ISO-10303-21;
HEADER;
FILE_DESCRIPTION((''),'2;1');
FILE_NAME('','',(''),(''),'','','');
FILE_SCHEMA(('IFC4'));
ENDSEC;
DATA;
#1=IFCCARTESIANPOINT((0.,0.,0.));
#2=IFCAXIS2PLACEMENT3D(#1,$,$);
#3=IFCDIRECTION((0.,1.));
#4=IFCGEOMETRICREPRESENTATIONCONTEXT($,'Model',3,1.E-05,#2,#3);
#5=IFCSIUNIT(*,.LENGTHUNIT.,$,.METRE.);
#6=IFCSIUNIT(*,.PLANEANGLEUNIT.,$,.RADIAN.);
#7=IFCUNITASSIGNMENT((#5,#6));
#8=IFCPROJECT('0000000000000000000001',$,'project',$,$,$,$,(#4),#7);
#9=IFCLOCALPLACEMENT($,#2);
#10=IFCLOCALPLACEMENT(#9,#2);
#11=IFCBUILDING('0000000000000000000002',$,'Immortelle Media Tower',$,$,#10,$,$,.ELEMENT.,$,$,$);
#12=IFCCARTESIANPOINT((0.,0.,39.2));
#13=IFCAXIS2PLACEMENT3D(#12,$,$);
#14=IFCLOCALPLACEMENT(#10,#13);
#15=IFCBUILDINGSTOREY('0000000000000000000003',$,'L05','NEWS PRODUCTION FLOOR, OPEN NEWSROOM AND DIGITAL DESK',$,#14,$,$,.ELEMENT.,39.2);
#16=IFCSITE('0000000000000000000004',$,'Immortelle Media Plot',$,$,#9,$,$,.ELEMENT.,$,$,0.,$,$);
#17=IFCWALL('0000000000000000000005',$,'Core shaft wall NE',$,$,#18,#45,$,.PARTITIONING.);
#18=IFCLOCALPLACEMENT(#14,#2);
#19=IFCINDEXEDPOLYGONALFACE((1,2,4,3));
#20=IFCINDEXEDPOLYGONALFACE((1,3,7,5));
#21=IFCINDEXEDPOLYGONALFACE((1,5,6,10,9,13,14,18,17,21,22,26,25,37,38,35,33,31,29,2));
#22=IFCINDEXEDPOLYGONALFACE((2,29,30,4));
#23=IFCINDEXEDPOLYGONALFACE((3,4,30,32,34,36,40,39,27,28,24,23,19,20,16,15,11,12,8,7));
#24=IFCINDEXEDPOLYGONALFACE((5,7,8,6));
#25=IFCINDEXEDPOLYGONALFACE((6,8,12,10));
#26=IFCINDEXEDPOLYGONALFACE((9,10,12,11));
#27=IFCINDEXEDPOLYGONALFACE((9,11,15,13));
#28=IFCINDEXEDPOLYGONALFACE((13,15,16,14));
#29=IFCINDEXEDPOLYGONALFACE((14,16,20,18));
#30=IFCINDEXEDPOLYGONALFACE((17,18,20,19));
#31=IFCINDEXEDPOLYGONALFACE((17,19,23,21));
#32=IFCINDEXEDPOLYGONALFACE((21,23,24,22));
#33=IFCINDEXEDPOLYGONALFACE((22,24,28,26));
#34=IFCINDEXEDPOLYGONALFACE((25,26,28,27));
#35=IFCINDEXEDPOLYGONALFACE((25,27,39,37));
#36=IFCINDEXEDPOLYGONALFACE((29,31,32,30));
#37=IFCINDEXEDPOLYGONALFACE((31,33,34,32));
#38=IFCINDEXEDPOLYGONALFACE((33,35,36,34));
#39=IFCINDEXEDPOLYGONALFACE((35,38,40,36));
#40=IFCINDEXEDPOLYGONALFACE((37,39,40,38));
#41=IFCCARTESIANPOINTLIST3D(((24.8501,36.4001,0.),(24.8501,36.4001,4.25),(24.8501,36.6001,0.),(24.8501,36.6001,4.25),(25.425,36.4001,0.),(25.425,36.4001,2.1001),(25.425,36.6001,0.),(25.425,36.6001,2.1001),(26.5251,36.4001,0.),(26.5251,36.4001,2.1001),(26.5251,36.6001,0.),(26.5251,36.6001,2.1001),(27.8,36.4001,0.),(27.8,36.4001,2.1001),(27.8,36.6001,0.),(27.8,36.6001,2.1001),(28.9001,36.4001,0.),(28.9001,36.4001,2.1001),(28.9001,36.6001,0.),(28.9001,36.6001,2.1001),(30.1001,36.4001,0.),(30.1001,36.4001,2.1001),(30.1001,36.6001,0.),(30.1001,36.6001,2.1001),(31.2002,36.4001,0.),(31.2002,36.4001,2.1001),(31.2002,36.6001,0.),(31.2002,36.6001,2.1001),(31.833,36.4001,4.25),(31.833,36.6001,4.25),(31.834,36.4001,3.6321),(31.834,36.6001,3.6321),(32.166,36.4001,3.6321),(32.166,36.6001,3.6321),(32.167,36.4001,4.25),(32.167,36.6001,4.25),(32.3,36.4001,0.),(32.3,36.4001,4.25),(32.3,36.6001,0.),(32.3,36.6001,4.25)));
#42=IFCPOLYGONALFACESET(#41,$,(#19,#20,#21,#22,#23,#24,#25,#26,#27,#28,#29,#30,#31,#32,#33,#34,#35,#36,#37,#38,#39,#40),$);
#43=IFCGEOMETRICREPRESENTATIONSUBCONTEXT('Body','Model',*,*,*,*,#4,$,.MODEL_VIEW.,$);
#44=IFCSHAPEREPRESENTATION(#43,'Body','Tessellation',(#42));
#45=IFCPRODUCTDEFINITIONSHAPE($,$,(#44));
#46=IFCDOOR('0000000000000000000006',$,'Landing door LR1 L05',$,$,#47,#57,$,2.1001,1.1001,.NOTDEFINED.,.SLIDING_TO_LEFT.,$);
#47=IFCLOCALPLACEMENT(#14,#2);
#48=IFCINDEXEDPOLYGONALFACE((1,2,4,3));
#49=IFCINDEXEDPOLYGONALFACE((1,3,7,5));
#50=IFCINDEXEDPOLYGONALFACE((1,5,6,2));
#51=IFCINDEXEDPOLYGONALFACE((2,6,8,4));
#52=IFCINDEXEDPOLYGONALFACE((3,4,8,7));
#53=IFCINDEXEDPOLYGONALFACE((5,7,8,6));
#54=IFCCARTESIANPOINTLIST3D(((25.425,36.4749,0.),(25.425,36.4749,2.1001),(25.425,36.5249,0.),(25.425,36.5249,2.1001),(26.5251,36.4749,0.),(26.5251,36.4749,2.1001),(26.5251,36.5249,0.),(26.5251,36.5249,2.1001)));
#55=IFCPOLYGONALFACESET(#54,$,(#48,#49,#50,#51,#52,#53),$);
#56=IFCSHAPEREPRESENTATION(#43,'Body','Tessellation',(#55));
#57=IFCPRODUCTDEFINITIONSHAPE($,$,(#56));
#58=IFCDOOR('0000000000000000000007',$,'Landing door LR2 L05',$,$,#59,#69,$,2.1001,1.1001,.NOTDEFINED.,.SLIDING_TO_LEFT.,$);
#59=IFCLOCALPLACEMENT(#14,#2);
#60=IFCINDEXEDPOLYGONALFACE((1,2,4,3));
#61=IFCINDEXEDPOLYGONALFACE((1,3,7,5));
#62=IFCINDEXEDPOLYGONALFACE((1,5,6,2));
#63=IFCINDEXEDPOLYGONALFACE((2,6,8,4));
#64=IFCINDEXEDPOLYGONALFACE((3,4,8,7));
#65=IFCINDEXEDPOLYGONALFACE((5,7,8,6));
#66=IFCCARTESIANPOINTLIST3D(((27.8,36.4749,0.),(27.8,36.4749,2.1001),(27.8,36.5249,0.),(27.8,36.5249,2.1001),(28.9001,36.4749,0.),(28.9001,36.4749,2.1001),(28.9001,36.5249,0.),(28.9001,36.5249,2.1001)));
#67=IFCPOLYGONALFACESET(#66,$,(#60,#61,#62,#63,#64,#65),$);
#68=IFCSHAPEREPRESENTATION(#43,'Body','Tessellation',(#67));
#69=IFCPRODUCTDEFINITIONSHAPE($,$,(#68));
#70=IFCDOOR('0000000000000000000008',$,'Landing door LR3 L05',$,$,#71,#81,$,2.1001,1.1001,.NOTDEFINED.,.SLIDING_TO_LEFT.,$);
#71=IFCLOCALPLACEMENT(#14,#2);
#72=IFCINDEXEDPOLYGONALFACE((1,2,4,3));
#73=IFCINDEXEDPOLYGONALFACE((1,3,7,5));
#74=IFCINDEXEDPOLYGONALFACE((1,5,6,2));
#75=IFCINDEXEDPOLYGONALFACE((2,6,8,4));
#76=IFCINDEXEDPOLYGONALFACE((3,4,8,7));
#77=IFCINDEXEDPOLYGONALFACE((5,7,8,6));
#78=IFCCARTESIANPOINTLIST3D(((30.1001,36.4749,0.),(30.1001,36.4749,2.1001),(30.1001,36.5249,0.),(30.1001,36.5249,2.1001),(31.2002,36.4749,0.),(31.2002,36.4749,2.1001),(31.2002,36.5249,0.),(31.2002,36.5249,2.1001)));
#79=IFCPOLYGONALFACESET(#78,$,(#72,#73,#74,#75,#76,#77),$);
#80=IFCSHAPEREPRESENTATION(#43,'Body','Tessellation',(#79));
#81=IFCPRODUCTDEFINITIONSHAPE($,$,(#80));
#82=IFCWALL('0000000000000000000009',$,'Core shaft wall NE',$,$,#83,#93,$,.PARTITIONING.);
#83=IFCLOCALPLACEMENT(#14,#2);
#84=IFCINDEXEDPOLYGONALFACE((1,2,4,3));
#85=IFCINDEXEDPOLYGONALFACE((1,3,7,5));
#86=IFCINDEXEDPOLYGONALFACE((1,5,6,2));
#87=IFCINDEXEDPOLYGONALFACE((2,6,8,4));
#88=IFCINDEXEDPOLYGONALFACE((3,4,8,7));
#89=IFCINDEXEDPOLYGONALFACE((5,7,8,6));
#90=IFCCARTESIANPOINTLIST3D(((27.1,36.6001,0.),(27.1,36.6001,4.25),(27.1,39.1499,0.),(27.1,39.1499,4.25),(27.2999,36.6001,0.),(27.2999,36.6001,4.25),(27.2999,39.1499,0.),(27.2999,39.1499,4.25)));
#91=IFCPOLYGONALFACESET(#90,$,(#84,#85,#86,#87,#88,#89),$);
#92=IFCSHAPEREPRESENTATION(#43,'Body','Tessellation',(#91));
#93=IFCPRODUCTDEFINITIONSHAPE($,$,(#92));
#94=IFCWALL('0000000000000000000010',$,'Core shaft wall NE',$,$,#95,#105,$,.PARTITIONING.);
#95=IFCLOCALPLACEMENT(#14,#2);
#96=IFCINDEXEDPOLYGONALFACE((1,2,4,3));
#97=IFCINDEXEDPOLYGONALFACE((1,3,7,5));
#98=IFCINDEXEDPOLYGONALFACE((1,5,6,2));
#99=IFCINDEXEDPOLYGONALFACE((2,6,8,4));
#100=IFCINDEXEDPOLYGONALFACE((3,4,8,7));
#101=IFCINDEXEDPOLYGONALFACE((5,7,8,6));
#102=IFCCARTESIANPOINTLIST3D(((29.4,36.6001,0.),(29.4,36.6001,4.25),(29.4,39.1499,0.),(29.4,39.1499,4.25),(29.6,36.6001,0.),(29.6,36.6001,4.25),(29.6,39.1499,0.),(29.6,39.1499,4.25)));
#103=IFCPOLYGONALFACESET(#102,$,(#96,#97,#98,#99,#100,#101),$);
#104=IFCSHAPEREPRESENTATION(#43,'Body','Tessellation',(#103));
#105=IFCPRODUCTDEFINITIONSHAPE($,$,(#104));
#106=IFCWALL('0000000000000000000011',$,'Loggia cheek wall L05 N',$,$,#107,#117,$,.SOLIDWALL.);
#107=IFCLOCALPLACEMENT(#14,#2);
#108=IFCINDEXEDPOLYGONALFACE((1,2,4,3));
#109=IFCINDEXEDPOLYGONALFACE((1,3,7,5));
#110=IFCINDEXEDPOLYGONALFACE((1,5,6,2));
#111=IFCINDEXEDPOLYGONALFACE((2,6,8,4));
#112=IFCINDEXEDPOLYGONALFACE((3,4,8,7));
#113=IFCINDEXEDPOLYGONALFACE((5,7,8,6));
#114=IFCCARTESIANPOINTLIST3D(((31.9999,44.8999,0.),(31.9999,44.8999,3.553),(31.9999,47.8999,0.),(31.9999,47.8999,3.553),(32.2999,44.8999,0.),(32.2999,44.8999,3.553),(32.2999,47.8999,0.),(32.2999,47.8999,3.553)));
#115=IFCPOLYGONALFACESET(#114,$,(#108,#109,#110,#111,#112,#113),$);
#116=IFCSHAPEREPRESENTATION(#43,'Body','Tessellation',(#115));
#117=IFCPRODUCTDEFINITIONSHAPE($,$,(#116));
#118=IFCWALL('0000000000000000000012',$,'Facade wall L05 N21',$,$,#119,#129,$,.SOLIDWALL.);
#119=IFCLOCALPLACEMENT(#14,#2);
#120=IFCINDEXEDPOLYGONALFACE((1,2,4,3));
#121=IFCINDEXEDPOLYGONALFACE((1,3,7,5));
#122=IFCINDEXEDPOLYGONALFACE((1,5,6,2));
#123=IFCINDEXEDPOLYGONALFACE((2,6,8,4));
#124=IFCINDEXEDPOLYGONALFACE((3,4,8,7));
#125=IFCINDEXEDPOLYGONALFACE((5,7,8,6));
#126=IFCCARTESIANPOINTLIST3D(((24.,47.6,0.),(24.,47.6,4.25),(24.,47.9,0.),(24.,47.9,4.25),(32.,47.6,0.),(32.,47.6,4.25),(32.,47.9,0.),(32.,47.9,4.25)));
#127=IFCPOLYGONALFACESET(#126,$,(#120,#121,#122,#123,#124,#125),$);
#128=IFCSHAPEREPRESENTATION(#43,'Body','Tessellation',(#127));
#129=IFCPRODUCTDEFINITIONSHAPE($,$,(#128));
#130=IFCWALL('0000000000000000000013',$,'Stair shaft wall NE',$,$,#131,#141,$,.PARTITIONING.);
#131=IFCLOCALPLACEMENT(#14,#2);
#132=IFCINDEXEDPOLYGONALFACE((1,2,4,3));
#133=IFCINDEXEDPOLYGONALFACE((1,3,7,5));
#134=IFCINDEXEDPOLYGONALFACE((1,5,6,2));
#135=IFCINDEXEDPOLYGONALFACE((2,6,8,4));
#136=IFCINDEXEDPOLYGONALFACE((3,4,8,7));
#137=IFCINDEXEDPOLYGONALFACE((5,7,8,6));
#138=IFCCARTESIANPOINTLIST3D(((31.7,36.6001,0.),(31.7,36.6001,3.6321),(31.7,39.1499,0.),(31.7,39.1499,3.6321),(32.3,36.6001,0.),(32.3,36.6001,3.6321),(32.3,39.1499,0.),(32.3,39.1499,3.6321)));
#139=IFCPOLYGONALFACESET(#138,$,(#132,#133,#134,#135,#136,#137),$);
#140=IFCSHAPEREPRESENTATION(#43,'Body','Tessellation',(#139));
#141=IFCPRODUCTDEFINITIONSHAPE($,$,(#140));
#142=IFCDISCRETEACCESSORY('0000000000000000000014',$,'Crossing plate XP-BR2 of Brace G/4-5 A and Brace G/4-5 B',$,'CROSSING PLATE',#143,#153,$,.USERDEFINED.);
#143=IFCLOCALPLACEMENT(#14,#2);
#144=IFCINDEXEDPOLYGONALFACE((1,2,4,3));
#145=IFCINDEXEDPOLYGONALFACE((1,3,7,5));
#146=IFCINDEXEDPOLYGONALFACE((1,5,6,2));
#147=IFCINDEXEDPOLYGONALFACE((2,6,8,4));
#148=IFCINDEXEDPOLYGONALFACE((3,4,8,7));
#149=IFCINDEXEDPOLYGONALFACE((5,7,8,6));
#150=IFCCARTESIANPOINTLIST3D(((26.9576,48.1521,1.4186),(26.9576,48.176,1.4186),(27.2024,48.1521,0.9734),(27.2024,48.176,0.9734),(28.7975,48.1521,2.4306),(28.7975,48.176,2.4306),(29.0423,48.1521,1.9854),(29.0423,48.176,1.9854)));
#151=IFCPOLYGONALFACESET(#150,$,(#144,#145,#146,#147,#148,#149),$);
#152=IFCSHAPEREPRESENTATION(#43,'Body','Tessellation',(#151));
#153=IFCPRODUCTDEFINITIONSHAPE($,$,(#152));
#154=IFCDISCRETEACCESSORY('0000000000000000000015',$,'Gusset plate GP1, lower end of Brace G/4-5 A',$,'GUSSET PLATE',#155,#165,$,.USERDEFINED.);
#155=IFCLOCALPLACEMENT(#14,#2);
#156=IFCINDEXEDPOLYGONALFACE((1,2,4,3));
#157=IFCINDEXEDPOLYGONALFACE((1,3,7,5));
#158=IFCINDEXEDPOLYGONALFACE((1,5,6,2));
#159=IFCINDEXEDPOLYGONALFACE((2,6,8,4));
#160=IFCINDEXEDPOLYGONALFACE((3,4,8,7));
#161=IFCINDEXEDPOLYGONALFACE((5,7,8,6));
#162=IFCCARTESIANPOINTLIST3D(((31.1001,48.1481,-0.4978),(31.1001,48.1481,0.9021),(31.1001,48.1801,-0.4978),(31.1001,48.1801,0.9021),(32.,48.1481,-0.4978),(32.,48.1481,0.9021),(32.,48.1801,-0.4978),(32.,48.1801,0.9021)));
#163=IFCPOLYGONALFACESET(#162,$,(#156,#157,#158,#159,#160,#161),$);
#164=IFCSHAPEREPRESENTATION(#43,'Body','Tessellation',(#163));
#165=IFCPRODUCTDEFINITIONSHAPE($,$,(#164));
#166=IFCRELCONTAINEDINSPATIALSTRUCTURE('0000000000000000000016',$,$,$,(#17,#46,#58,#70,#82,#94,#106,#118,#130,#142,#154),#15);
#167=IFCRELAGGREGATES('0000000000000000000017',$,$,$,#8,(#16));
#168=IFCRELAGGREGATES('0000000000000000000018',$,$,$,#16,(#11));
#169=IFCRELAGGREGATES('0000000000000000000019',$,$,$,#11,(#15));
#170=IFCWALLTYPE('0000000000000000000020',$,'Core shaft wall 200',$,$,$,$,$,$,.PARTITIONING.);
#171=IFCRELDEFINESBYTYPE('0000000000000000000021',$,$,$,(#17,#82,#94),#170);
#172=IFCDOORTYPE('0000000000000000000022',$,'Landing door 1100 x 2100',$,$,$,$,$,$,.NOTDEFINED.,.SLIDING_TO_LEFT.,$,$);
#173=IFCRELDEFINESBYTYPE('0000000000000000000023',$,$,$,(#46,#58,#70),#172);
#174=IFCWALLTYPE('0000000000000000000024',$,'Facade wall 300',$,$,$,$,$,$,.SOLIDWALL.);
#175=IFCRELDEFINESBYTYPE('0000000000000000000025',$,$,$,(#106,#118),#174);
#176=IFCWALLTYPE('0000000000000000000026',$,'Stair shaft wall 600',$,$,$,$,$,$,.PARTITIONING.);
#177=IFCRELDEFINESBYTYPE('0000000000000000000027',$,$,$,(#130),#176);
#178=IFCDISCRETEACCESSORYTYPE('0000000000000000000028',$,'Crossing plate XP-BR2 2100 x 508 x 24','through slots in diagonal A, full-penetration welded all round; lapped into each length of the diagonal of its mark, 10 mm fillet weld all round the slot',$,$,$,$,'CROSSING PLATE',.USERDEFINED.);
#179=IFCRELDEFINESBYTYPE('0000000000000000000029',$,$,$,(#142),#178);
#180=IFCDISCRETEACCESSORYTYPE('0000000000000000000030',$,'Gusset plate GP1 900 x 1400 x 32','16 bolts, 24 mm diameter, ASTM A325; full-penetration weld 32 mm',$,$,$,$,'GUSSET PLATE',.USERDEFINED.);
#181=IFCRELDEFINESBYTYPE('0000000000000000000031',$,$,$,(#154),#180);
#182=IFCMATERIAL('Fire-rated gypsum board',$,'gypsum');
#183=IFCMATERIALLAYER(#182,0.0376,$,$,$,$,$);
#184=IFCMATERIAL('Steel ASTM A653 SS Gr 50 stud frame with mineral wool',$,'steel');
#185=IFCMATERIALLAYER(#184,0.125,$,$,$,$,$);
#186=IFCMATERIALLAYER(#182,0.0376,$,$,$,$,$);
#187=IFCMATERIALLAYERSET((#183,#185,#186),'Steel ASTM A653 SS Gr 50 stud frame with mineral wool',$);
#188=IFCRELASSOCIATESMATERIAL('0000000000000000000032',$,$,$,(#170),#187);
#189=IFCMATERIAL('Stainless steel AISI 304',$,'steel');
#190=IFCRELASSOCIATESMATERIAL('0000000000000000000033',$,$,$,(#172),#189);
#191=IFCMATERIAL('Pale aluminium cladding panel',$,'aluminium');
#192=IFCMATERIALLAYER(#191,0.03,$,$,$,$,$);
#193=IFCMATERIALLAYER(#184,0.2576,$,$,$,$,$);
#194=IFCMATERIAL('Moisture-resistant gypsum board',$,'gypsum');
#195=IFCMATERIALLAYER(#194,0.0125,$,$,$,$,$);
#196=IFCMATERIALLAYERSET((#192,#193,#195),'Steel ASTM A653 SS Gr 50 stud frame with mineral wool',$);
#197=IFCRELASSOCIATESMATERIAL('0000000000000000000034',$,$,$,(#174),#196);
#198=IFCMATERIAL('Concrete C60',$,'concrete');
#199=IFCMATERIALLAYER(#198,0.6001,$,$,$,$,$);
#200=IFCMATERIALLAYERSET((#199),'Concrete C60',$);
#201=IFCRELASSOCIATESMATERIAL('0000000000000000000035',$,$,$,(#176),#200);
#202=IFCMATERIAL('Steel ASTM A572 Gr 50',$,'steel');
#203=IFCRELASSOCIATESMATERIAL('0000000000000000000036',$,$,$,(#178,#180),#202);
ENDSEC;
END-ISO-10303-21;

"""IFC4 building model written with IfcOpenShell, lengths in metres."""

from ifc_helpers import new_model, si_unit, direction, frame, frame_2d, origin, origin_2d, place, context, subcontext, project, spatial, polyline, rectangle, outline, extrude, material, layer, layer_set, material_profile, profile_set, type_object, element, fill, save


model = new_model("IFC4")

# Units and contexts
model_context = context("Model", 3, precision=1e-05, world=origin(), true_north=direction((0.0, 1.0)))
body_context = subcontext(model_context, "Body", "Model", "MODEL_VIEW")
ifc_project = project(units=[si_unit("LENGTHUNIT", "METRE"), si_unit("PLANEANGLEUNIT", "RADIAN")], contexts=[model_context])

# Site, building, storey
site_placement = place(None, origin())
site = spatial("IfcSite", under=ifc_project, at=site_placement, Name="Immortelle Media Plot", CompositionType="ELEMENT", RefElevation=0.0)
building_placement = place(site_placement, origin())
building = spatial("IfcBuilding", under=site, at=building_placement, Name="Immortelle Media Tower", CompositionType="ELEMENT")
storey_placement = place(building_placement, frame((0.0, 0.0, 39.2)))
storey = spatial("IfcBuildingStorey", under=building, at=storey_placement, Name="L05", Description="NEWS PRODUCTION FLOOR, OPEN NEWSROOM AND DIGITAL DESK", CompositionType="ELEMENT", Elevation=39.2)

# Wall, openings, doors
ifc_material_1 = material(Name="Fire-rated gypsum board", Category="gypsum")
ifc_layer_1 = layer(ifc_material_1, 0.0376)
ifc_material_2 = material(Name="Steel ASTM A653 SS Gr 50 stud frame with mineral wool", Category="steel")
ifc_layer_2 = layer(ifc_material_2, 0.125)
ifc_layer_3 = layer(ifc_material_1, 0.0376)
ifc_layer_set_1 = layer_set([ifc_layer_1, ifc_layer_2, ifc_layer_3], Name="Steel ASTM A653 SS Gr 50 stud frame with mineral wool")
wall_type_1 = type_object("IfcWallType", Name="Core shaft wall 200", PredefinedType="PARTITIONING", material=ifc_layer_set_1)
wall_1_placement = place(storey_placement, frame((24.8501, 36.5, 0.0), z_axis=(0.0, 0.0, 1.0), x_axis=(1.0, 0.0, 0.0)))
wall_1 = element("IfcWall", 1, at=wall_1_placement, inside=storey, type_object=wall_type_1, Name="Core shaft wall NE", PredefinedType="PARTITIONING", context=body_context, shape_type="SweptSolid", body=[
    extrude(outline(polyline([(0.0, 0.0), (7.45, 0.0), (7.45, 4.25), (7.3169, 4.25), (7.3159, 3.6321), (6.9839, 3.6321), (6.9829, 4.25), (0.0, 4.25), (0.0, 0.0)])), frame((0.0, 0.1001, 0.0), z_axis=(0.0, -1.0, 0.0), x_axis=(1.0, 0.0, 0.0)), (0.0, 0.0, 1.0), 0.2),
])
opening_1_placement = place(wall_1_placement, frame((0.575, 0.0, 0.0)))
opening_1 = element("IfcOpeningElement", 2, at=opening_1_placement, cuts=wall_1, PredefinedType="OPENING", context=body_context, shape_type="SweptSolid", body=[
    extrude(rectangle(XDim=1.1001, YDim=2.1001, at=frame_2d((0.55, 1.05))), frame((0.0, 0.1099, 0.0), z_axis=(0.0, -1.0, 0.0), x_axis=(1.0, 0.0, 0.0)), (0.0, 0.0, 1.0), 0.22),
])
opening_2_placement = place(wall_1_placement, frame((2.95, 0.0, 0.0)))
opening_2 = element("IfcOpeningElement", 3, at=opening_2_placement, cuts=wall_1, PredefinedType="OPENING", context=body_context, shape_type="SweptSolid", body=[
    extrude(rectangle(XDim=1.1001, YDim=2.1001, at=frame_2d((0.55, 1.05))), frame((0.0, 0.1099, 0.0), z_axis=(0.0, -1.0, 0.0), x_axis=(1.0, 0.0, 0.0)), (0.0, 0.0, 1.0), 0.22),
])
opening_3_placement = place(wall_1_placement, frame((5.25, 0.0, 0.0)))
opening_3 = element("IfcOpeningElement", 4, at=opening_3_placement, cuts=wall_1, PredefinedType="OPENING", context=body_context, shape_type="SweptSolid", body=[
    extrude(rectangle(XDim=1.1001, YDim=2.1001, at=frame_2d((0.55, 1.05))), frame((0.0, 0.1099, 0.0), z_axis=(0.0, -1.0, 0.0), x_axis=(1.0, 0.0, 0.0)), (0.0, 0.0, 1.0), 0.22),
])
ifc_material_3 = material(Name="Stainless steel AISI 304", Category="steel")
door_type = type_object("IfcDoorType", Name="Landing door 1100 x 2100", OperationType="SLIDING_TO_LEFT", PredefinedType="NOTDEFINED", material=ifc_material_3)
door_1_placement = place(opening_1_placement, origin())
door_1 = element("IfcDoor", 5, at=door_1_placement, inside=storey, type_object=door_type, Name="Landing door LR1 L05", OperationType="SLIDING_TO_LEFT", OverallHeight=2.1001, OverallWidth=1.1001, PredefinedType="NOTDEFINED", context=body_context, shape_type="SweptSolid", body=[
    extrude(rectangle(XDim=1.1001, YDim=2.1001, at=frame_2d((0.55, 1.05))), frame((0.0, 0.0249, 0.0), z_axis=(0.0, -1.0, 0.0), x_axis=(1.0, 0.0, 0.0)), (0.0, 0.0, 1.0), 0.05),
])
fill(opening_1, door_1)
door_2_placement = place(opening_2_placement, origin())
door_2 = element("IfcDoor", 6, at=door_2_placement, inside=storey, type_object=door_type, Name="Landing door LR2 L05", OperationType="SLIDING_TO_LEFT", OverallHeight=2.1001, OverallWidth=1.1001, PredefinedType="NOTDEFINED", context=body_context, shape_type="SweptSolid", body=[
    extrude(rectangle(XDim=1.1001, YDim=2.1001, at=frame_2d((0.55, 1.05))), frame((0.0, 0.0249, 0.0), z_axis=(0.0, -1.0, 0.0), x_axis=(1.0, 0.0, 0.0)), (0.0, 0.0, 1.0), 0.05),
])
fill(opening_2, door_2)
door_3_placement = place(opening_3_placement, origin())
door_3 = element("IfcDoor", 7, at=door_3_placement, inside=storey, type_object=door_type, Name="Landing door LR3 L05", OperationType="SLIDING_TO_LEFT", OverallHeight=2.1001, OverallWidth=1.1001, PredefinedType="NOTDEFINED", context=body_context, shape_type="SweptSolid", body=[
    extrude(rectangle(XDim=1.1001, YDim=2.1001, at=frame_2d((0.55, 1.05))), frame((0.0, 0.0249, 0.0), z_axis=(0.0, -1.0, 0.0), x_axis=(1.0, 0.0, 0.0)), (0.0, 0.0, 1.0), 0.05),
])
fill(opening_3, door_3)

# Walls
for number, where, z_axis, x_axis, name in (
    (8, (27.2, 36.6001, 0.0), (0.0, 0.0, 1.0), (0.0, 1.0, 0.0), "Core shaft wall NE"),
    (9, (29.5, 36.6001, 0.0), (0.0, 0.0, 1.0), (0.0, 1.0, 0.0), "Core shaft wall NE"),
):
    element("IfcWall", number, at=place(storey_placement, frame(where, z_axis=z_axis, x_axis=x_axis)), inside=storey, type_object=wall_type_1, Name=name, PredefinedType="PARTITIONING", context=body_context, shape_type="SweptSolid", body=[
        extrude(rectangle(XDim=2.5498, YDim=0.2, at=frame_2d((1.2749, 0.0))), origin(), (0.0, 0.0, 1.0), 4.25),
    ])
ifc_material_4 = material(Name="Pale aluminium cladding panel", Category="aluminium")
ifc_layer_4 = layer(ifc_material_4, 0.03)
ifc_layer_5 = layer(ifc_material_2, 0.2576)
ifc_material_5 = material(Name="Moisture-resistant gypsum board", Category="gypsum")
ifc_layer_6 = layer(ifc_material_5, 0.0125)
ifc_layer_set_2 = layer_set([ifc_layer_4, ifc_layer_5, ifc_layer_6], Name="Steel ASTM A653 SS Gr 50 stud frame with mineral wool")
wall_type_2 = type_object("IfcWallType", Name="Facade wall 300", PredefinedType="SOLIDWALL", material=ifc_layer_set_2)
wall_2_placement = place(storey_placement, frame((32.1499, 47.8999, 0.0), z_axis=(0.0, 0.0, 1.0), x_axis=(0.0, -1.0, 0.0)))
element("IfcWall", 10, at=wall_2_placement, inside=storey, type_object=wall_type_2, Name="Loggia cheek wall L05 N", PredefinedType="SOLIDWALL", context=body_context, shape_type="SweptSolid", body=[
    extrude(rectangle(XDim=3.0, YDim=0.3, at=frame_2d((1.5, 0.0))), origin(), (0.0, 0.0, 1.0), 3.553),
])
wall_3_placement = place(storey_placement, frame((32.0, 47.75, 0.0), z_axis=(0.0, 0.0, 1.0), x_axis=(-1.0, 0.0, 0.0)))
element("IfcWall", 11, at=wall_3_placement, inside=storey, type_object=wall_type_2, Name="Facade wall L05 N21", PredefinedType="SOLIDWALL", context=body_context, shape_type="SweptSolid", body=[
    extrude(rectangle(XDim=8.0, YDim=0.3, at=frame_2d((4.0, 0.0))), origin(), (0.0, 0.0, 1.0), 4.25),
])
ifc_material_6 = material(Name="Concrete C60", Category="concrete")
ifc_layer_7 = layer(ifc_material_6, 0.6001)
ifc_layer_set_3 = layer_set([ifc_layer_7], Name="Concrete C60")
wall_type_3 = type_object("IfcWallType", Name="Stair shaft wall 600", PredefinedType="PARTITIONING", material=ifc_layer_set_3)
wall_4_placement = place(storey_placement, frame((32.0, 36.6001, 0.0), z_axis=(0.0, 0.0, 1.0), x_axis=(0.0, 1.0, 0.0)))
element("IfcWall", 12, at=wall_4_placement, inside=storey, type_object=wall_type_3, Name="Stair shaft wall NE", PredefinedType="PARTITIONING", context=body_context, shape_type="SweptSolid", body=[
    extrude(rectangle(XDim=2.5498, YDim=0.6001, at=frame_2d((1.2749, 0.0))), origin(), (0.0, 0.0, 1.0), 3.6321),
])

# Discrete accessories
ifc_material_7 = material(Name="Steel ASTM A572 Gr 50", Category="steel")
ifc_material_profile_1 = material_profile(ifc_material_7, rectangle(XDim=0.0239, YDim=0.5081, at=origin_2d()), Name="PL 24 x 508")
ifc_profile_set_1 = profile_set([ifc_material_profile_1], Name="Steel ASTM A572 Gr 50")
discrete_accessory_type_1 = type_object("IfcDiscreteAccessoryType", Name="Crossing plate XP-BR2 2100 x 508 x 24", Description="through slots in diagonal A, full-penetration welded all round; lapped into each length of the diagonal of its mark, 10 mm fillet weld all round the slot", ElementType="CROSSING PLATE", PredefinedType="USERDEFINED", material=ifc_profile_set_1)
discrete_accessory_placement = place(storey_placement, frame((28.9199, 48.1641, 2.208), z_axis=(-0.876206, 0.0, -0.481937), x_axis=(0.0, -1.0, 0.0)))
element("IfcDiscreteAccessory", 13, at=discrete_accessory_placement, inside=storey, type_object=discrete_accessory_type_1, Name="Crossing plate XP-BR2 of Brace G/4-5 A and Brace G/4-5 B", ObjectType="CROSSING PLATE", PredefinedType="USERDEFINED", context=body_context, shape_type="SweptSolid", body=[
    extrude(rectangle(XDim=0.0239, YDim=0.5081, at=origin_2d()), origin(), (0.0, 0.0, 1.0), 2.0999),
])
ifc_material_profile_2 = material_profile(ifc_material_7, rectangle(XDim=0.032, YDim=1.3999, at=origin_2d()), Name="PL 32 x 1400")
ifc_profile_set_2 = profile_set([ifc_material_profile_2], Name="Steel ASTM A572 Gr 50")
discrete_accessory_type_2 = type_object("IfcDiscreteAccessoryType", Name="Gusset plate GP1 900 x 1400 x 32", Description="16 bolts, 24 mm diameter, ASTM A325; full-penetration weld 32 mm", ElementType="GUSSET PLATE", PredefinedType="USERDEFINED", material=ifc_profile_set_2)
for number, where, z_axis, x_axis, name in (
    (14, (32.0, 48.1641, 0.2021), (-1.0, 0.0, 0.0), (0.0, -1.0, 0.0), "Gusset plate GP1, lower end of Brace G/4-5 A"),
):
    element("IfcDiscreteAccessory", number, at=place(storey_placement, frame(where, z_axis=z_axis, x_axis=x_axis)), inside=storey, type_object=discrete_accessory_type_2, Name=name, ObjectType="GUSSET PLATE", PredefinedType="USERDEFINED", context=body_context, shape_type="SweptSolid", body=[
        extrude(rectangle(XDim=0.032, YDim=1.3999, at=origin_2d()), origin(), (0.0, 0.0, 1.0), 0.8999),
    ])

save(model, "model.ifc")
